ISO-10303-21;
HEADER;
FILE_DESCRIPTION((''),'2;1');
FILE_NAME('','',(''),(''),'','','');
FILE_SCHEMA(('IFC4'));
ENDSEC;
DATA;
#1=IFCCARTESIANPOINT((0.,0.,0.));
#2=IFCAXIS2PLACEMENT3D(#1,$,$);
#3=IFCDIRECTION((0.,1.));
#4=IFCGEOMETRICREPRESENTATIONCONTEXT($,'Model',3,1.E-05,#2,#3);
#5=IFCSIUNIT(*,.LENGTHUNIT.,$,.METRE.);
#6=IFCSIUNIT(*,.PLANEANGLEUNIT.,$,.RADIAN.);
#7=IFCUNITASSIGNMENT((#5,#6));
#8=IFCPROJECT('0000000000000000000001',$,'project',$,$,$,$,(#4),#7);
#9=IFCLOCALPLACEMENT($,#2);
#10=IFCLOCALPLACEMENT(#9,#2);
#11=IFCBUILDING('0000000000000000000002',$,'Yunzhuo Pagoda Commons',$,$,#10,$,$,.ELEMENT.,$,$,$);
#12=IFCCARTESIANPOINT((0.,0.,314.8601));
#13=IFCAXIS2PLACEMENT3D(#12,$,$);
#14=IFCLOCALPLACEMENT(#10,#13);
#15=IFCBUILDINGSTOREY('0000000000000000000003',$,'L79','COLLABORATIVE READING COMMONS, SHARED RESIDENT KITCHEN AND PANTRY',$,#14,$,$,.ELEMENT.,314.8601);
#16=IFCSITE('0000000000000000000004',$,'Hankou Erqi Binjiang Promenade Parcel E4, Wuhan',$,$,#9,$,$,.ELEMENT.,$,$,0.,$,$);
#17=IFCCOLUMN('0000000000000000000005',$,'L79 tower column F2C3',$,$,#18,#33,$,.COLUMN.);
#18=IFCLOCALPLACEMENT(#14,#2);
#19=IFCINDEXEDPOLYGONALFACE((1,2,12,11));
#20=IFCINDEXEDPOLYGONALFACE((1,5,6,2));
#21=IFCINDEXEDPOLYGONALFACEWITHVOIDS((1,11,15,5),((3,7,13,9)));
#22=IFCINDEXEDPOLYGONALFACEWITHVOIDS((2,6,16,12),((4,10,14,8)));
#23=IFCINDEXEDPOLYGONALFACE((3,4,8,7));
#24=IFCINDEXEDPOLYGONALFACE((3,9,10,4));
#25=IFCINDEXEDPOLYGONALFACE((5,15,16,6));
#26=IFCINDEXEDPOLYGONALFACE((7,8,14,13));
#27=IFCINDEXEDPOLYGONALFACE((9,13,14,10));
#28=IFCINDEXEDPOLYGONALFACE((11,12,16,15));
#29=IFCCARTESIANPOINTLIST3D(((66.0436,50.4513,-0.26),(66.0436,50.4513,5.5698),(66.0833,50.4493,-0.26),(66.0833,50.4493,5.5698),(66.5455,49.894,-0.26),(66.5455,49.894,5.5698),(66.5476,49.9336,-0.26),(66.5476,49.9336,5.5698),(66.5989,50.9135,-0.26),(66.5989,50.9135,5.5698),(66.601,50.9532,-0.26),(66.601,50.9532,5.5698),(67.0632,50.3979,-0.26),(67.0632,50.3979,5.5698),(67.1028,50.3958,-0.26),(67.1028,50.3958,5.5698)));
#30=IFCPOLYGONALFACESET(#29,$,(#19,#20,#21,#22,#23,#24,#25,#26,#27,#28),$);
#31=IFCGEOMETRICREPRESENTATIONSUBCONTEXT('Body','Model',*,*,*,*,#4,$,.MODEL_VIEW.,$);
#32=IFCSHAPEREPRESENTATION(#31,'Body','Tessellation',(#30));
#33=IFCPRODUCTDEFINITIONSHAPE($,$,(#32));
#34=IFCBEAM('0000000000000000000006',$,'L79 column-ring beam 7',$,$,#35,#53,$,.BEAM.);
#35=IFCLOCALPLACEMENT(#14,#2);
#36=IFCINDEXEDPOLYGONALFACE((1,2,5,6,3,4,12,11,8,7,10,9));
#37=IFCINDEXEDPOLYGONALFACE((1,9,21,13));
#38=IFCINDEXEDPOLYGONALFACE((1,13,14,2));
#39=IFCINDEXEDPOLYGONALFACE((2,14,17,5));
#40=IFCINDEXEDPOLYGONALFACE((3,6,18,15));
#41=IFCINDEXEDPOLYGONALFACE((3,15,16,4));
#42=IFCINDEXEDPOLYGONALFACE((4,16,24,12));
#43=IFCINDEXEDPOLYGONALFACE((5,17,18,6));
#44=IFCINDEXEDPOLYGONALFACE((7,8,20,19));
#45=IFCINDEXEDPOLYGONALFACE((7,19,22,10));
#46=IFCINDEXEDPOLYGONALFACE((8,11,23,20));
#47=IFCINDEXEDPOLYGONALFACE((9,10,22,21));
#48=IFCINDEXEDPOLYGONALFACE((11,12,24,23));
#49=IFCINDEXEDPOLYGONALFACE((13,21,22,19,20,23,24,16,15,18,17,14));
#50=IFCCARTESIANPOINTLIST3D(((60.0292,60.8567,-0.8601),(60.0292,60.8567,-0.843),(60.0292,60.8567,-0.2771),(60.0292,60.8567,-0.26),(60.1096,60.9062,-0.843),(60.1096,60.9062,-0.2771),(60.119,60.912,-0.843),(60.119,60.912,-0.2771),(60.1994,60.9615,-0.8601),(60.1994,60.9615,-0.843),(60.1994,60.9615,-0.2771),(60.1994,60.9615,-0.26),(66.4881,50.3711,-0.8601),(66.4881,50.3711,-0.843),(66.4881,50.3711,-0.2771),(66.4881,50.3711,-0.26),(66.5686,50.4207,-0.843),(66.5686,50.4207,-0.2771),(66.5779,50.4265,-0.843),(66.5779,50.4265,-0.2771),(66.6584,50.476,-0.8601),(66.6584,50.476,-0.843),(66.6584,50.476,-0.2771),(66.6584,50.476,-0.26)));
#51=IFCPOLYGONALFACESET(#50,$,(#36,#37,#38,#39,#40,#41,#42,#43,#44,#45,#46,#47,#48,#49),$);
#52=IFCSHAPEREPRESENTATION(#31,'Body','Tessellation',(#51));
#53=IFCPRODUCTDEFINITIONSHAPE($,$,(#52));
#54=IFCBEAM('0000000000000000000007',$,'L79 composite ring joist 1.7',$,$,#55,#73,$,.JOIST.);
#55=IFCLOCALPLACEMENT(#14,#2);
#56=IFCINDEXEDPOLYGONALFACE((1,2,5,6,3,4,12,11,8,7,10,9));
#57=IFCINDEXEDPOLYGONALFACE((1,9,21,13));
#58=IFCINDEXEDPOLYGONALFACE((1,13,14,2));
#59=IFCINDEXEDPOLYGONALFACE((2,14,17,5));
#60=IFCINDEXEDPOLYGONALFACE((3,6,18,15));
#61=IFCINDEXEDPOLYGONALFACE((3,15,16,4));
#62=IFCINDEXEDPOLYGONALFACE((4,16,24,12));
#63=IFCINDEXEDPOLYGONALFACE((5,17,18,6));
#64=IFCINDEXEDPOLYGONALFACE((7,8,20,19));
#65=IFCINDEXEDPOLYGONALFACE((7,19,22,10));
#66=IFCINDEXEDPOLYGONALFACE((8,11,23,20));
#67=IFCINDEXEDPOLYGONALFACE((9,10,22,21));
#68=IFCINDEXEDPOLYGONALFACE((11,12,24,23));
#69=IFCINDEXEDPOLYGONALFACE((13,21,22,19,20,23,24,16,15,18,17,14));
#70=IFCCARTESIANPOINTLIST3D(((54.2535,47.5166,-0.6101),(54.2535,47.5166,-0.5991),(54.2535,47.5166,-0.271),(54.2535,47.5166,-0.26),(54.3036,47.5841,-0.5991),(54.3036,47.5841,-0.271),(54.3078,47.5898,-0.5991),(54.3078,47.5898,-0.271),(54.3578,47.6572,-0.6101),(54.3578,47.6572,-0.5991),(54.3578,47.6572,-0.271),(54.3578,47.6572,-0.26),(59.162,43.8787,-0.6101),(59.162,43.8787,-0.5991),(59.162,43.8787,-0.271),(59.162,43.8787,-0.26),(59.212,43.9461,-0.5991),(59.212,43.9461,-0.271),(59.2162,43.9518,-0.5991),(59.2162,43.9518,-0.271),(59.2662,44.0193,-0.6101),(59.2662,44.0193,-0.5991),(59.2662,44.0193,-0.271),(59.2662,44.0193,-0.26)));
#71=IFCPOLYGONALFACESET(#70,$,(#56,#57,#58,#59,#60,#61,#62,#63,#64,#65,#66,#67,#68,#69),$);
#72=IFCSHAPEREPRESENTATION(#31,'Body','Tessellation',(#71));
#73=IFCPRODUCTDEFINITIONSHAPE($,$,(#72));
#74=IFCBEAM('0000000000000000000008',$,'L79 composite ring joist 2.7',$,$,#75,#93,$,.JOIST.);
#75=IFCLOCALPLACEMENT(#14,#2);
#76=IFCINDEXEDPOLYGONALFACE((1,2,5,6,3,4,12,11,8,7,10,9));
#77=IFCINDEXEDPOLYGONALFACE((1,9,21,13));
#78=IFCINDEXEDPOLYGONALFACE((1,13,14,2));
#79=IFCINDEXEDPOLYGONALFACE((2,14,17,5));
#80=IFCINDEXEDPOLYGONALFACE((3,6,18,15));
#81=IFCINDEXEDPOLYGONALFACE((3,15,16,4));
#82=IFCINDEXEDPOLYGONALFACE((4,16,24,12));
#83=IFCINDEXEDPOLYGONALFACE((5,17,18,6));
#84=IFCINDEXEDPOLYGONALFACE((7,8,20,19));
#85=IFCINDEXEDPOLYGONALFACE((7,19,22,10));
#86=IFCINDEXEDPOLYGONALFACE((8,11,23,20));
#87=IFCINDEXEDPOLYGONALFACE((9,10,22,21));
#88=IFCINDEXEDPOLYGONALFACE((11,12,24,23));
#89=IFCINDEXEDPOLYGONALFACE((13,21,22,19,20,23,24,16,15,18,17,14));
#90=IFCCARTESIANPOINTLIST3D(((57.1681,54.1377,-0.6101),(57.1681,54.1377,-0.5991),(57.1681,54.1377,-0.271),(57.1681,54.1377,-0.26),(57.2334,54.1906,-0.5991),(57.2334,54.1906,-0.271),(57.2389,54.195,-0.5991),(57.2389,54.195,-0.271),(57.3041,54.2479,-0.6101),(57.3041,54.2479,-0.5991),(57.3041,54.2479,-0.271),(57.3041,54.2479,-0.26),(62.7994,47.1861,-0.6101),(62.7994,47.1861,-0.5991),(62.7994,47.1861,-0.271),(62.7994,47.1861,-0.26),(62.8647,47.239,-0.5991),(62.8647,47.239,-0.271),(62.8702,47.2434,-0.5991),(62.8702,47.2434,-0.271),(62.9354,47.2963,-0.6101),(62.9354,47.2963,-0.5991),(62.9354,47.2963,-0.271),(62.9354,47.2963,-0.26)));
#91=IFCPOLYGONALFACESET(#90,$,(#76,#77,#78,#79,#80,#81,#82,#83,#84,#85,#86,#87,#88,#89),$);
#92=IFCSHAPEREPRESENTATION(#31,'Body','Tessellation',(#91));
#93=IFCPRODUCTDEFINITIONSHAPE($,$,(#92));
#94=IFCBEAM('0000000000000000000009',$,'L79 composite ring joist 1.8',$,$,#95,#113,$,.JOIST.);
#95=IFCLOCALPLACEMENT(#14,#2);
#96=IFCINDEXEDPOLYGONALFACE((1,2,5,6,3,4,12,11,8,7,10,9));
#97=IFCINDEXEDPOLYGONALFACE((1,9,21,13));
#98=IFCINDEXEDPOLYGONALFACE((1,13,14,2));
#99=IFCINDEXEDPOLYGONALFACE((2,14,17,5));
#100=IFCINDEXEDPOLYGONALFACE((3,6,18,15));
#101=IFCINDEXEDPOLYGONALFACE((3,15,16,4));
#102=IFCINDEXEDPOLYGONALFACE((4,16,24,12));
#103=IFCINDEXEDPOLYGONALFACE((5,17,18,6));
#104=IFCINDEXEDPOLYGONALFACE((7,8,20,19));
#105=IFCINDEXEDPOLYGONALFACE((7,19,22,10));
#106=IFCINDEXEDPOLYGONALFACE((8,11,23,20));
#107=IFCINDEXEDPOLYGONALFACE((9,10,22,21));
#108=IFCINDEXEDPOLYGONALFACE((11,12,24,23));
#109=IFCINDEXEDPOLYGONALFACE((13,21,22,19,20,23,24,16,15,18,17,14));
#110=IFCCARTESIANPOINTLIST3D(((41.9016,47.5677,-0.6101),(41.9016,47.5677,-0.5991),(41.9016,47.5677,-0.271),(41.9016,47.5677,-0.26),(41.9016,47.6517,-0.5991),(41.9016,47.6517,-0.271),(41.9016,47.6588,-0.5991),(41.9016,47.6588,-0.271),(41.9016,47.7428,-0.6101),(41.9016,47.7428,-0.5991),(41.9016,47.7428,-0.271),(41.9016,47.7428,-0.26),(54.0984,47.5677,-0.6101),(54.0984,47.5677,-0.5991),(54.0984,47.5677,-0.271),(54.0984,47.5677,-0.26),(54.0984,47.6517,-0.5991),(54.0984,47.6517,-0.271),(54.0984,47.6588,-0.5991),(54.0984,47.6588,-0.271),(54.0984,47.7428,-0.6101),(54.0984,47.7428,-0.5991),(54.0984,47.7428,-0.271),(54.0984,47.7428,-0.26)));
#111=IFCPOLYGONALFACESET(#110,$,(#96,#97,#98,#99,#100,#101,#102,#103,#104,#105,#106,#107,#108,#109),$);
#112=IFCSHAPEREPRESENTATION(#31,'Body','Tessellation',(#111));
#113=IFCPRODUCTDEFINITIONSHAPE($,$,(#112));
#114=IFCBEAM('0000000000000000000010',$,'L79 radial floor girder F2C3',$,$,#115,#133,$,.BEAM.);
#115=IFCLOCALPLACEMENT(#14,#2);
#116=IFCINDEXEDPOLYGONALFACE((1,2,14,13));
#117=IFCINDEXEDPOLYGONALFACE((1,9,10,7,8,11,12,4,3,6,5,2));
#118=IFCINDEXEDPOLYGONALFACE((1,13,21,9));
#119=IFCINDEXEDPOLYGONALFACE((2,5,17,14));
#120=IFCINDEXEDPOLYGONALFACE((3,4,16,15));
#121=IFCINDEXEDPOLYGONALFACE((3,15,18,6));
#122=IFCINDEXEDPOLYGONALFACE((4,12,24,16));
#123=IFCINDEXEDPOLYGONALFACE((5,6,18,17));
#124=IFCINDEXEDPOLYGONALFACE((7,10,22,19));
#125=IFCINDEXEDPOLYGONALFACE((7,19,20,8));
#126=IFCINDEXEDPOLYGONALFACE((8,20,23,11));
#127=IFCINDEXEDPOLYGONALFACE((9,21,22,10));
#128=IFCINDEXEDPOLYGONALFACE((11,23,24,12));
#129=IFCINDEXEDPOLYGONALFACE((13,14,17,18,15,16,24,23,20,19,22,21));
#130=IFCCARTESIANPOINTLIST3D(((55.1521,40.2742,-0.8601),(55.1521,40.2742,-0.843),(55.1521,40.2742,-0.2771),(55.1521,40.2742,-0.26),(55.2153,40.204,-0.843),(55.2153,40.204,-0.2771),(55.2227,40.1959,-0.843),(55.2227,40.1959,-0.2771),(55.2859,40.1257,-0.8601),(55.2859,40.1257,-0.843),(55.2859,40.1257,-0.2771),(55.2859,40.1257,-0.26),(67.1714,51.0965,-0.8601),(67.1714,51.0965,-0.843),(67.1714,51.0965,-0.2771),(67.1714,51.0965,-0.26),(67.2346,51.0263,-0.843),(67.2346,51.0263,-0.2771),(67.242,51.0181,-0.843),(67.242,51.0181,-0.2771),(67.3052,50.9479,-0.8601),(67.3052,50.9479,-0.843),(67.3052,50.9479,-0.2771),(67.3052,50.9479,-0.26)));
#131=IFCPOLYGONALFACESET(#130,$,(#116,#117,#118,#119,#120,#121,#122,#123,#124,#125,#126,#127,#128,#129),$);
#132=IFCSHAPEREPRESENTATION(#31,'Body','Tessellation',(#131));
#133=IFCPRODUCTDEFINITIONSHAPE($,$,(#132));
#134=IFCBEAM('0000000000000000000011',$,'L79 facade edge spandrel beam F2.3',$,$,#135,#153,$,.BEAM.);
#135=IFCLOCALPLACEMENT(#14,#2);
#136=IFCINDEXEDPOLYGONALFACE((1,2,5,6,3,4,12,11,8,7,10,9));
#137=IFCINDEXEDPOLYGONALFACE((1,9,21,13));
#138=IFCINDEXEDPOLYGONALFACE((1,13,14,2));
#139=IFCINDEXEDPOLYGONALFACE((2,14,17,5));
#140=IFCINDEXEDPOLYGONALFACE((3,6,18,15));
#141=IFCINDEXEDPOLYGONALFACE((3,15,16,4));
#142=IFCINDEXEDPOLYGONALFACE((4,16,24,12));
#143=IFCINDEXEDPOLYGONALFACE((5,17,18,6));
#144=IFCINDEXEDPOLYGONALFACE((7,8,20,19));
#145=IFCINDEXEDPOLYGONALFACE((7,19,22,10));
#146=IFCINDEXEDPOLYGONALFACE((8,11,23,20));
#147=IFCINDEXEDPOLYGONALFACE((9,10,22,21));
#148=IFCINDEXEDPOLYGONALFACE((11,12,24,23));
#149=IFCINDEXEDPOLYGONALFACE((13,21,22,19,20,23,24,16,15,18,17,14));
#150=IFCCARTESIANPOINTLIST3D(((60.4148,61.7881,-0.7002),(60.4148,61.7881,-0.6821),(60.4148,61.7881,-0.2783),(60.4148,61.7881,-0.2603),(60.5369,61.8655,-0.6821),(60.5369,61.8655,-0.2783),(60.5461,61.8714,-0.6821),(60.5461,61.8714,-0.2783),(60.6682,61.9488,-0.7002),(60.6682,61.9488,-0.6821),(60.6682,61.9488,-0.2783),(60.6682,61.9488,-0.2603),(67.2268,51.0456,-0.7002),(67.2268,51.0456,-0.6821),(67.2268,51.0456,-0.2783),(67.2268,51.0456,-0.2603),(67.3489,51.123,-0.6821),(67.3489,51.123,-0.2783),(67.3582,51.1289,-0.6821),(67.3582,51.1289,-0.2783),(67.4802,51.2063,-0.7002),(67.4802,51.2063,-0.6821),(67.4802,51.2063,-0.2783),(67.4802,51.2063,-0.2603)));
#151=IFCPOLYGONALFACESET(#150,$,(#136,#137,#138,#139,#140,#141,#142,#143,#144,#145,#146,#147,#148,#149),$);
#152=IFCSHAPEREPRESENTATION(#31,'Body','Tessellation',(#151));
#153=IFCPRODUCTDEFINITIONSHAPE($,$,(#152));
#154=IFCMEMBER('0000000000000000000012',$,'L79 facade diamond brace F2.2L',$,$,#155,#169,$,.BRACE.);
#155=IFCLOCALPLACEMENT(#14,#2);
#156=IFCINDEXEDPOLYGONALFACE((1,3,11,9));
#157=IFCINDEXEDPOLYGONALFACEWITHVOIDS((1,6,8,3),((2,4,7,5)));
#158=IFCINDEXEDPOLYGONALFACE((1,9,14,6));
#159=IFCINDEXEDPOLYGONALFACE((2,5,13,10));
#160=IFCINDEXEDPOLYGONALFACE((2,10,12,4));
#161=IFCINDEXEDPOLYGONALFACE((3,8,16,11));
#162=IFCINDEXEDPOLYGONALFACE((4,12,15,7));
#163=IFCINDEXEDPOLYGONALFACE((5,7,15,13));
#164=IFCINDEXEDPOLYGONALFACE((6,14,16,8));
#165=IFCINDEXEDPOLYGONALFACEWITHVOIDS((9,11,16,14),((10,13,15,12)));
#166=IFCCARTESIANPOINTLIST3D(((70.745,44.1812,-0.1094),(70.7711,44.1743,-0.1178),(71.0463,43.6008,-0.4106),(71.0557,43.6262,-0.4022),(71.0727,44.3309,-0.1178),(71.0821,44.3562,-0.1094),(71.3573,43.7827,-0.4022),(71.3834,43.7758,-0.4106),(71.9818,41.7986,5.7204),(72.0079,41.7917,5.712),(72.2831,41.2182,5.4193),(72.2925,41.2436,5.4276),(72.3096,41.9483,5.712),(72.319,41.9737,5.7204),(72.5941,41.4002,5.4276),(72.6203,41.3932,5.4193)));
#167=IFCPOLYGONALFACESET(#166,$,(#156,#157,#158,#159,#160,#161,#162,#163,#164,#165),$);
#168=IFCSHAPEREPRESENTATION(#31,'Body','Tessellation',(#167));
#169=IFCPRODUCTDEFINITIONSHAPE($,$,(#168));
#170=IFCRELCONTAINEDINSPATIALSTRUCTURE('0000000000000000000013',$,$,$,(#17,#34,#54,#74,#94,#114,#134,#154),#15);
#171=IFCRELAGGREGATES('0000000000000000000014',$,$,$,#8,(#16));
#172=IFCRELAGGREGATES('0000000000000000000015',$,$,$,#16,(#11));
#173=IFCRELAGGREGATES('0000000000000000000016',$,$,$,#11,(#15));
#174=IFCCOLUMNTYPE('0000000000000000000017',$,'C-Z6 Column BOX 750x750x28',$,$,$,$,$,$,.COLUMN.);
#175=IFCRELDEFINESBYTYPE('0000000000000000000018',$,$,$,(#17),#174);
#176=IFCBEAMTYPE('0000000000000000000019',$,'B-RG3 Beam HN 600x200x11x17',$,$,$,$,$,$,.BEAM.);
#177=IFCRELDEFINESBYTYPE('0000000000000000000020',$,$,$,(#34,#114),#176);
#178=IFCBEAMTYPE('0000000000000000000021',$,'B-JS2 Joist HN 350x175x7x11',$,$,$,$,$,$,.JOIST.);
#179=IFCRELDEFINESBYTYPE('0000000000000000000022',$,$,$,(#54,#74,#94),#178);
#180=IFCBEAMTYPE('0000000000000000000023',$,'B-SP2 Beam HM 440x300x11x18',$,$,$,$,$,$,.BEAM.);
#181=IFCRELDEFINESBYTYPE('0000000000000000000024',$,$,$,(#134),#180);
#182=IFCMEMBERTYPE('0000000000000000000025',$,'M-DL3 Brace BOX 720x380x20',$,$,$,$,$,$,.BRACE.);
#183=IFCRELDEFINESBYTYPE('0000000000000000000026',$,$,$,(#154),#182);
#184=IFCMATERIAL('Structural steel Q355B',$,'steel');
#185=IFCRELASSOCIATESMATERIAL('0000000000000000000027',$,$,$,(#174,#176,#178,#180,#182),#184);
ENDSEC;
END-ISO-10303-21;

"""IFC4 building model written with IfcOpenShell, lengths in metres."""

from ifc_helpers import new_model, si_unit, direction, frame, origin, origin_2d, place, context, subcontext, project, spatial, hollow_rectangle, i_section, extrude, source, transform, mapped, material, material_profile, profile_set, type_object, element, save


model = new_model("IFC4")

# Units and contexts
model_context = context("Model", 3, precision=1e-05, world=origin(), true_north=direction((0.0, 1.0)))
body_context = subcontext(model_context, "Body", "Model", "MODEL_VIEW")
ifc_project = project(units=[si_unit("LENGTHUNIT", "METRE"), si_unit("PLANEANGLEUNIT", "RADIAN")], contexts=[model_context])

# Site, building, storey
site_placement = place(None, origin())
site = spatial("IfcSite", under=ifc_project, at=site_placement, Name="Hankou Erqi Binjiang Promenade Parcel E4, Wuhan", CompositionType="ELEMENT", RefElevation=0.0)
building_placement = place(site_placement, origin())
building = spatial("IfcBuilding", under=site, at=building_placement, Name="Yunzhuo Pagoda Commons", CompositionType="ELEMENT")
storey_placement = place(building_placement, frame((0.0, 0.0, 314.8601)))
storey = spatial("IfcBuildingStorey", under=building, at=storey_placement, Name="L79", Description="COLLABORATIVE READING COMMONS, SHARED RESIDENT KITCHEN AND PANTRY", CompositionType="ELEMENT", Elevation=314.8601)

# Column
ifc_material_1 = material(Name="Structural steel Q355B", Category="steel")
ifc_material_profile_1 = material_profile(ifc_material_1, hollow_rectangle(XDim=0.75, YDim=0.75, WallThickness=0.0281, at=origin_2d()), Name="Structural steel Q355B")
ifc_profile_set_1 = profile_set([ifc_material_profile_1], Name="Structural steel Q355B")
column_type = type_object("IfcColumnType", Name="C-Z6 Column BOX 750x750x28", PredefinedType="COLUMN", material=ifc_profile_set_1)
shared_shape_1 = source(origin(), body_context, "Body", "SweptSolid", [
    extrude(hollow_rectangle(XDim=0.75, YDim=0.75, WallThickness=0.0281, at=origin_2d()), origin(), (0.0, 0.0, 1.0), 5.8298),
])
column_placement = place(storey_placement, frame((66.5732, 50.4236, -0.26), z_axis=(0.0, 0.0, 1.0), x_axis=(-0.669131, 0.743145, 0.0)))
element("IfcColumn", 1, at=column_placement, inside=storey, type_object=column_type, Name="L79 tower column F2C3", PredefinedType="COLUMN", context=body_context, shape_type="MappedRepresentation", body=[
    mapped(shared_shape_1, transform((0.0, 0.0, 0.0), scale=1.0)),
])

# Beams
ifc_material_profile_2 = material_profile(ifc_material_1, i_section(OverallWidth=0.2, OverallDepth=0.6001, WebThickness=0.011, FlangeThickness=0.0171, at=origin_2d()), Name="Structural steel Q355B")
ifc_profile_set_2 = profile_set([ifc_material_profile_2], Name="Structural steel Q355B")
beam_type_1 = type_object("IfcBeamType", Name="B-RG3 Beam HN 600x200x11x17", PredefinedType="BEAM", material=ifc_profile_set_2)
shared_shape_2 = source(origin(), body_context, "Body", "SweptSolid", [
    extrude(i_section(OverallWidth=0.2, OverallDepth=0.6001, WebThickness=0.011, FlangeThickness=0.0171, at=origin_2d()), origin(), (0.0, 0.0, 1.0), 12.3152),
])
beam_1_placement = place(storey_placement, frame((66.5732, 50.4236, -0.5601), z_axis=(-0.524469, 0.85143, 0.0), x_axis=(-0.85143, -0.524469, 0.0)))
element("IfcBeam", 2, at=beam_1_placement, inside=storey, type_object=beam_type_1, Name="L79 column-ring beam 7", PredefinedType="BEAM", context=body_context, shape_type="MappedRepresentation", body=[
    mapped(shared_shape_2, transform((0.0, 0.0, 0.0), scale=1.0)),
])
ifc_material_profile_3 = material_profile(ifc_material_1, i_section(OverallWidth=0.175, OverallDepth=0.3501, WebThickness=0.0071, FlangeThickness=0.011, at=origin_2d()), Name="Structural steel Q355B")
ifc_profile_set_3 = profile_set([ifc_material_profile_3], Name="Structural steel Q355B")
beam_type_2 = type_object("IfcBeamType", Name="B-JS2 Joist HN 350x175x7x11", PredefinedType="JOIST", material=ifc_profile_set_3)
shared_shape_3 = source(origin(), body_context, "Body", "SweptSolid", [
    extrude(i_section(OverallWidth=0.175, OverallDepth=0.3501, WebThickness=0.0071, FlangeThickness=0.011, at=origin_2d()), origin(), (0.0, 0.0, 1.0), 6.1096),
])
beam_2_placement = place(storey_placement, frame((59.2141, 43.949, -0.4351), z_axis=(-0.803396, 0.595444, 0.0), x_axis=(-0.595444, -0.803396, 0.0)))
element("IfcBeam", 3, at=beam_2_placement, inside=storey, type_object=beam_type_2, Name="L79 composite ring joist 1.7", PredefinedType="JOIST", context=body_context, shape_type="MappedRepresentation", body=[
    mapped(shared_shape_3, transform((0.0, 0.0, 0.0), scale=1.0)),
])
shared_shape_4 = source(origin(), body_context, "Body", "SweptSolid", [
    extrude(i_section(OverallWidth=0.175, OverallDepth=0.3501, WebThickness=0.0071, FlangeThickness=0.011, at=origin_2d()), origin(), (0.0, 0.0, 1.0), 8.9463),
])
beam_3_placement = place(storey_placement, frame((62.8674, 47.2412, -0.4351), z_axis=(-0.629456, 0.777036, 0.0), x_axis=(-0.777036, -0.629456, 0.0)))
element("IfcBeam", 4, at=beam_3_placement, inside=storey, type_object=beam_type_2, Name="L79 composite ring joist 2.7", PredefinedType="JOIST", context=body_context, shape_type="MappedRepresentation", body=[
    mapped(shared_shape_4, transform((0.0, 0.0, 0.0), scale=1.0)),
])
shared_shape_5 = source(origin(), body_context, "Body", "SweptSolid", [
    extrude(i_section(OverallWidth=0.175, OverallDepth=0.3501, WebThickness=0.0071, FlangeThickness=0.011, at=origin_2d()), origin(), (0.0, 0.0, 1.0), 12.1968),
])
beam_4_placement = place(storey_placement, frame((54.0984, 47.6553, -0.4351), z_axis=(-1.0, 0.0, 0.0), x_axis=(0.0, -1.0, 0.0)))
element("IfcBeam", 5, at=beam_4_placement, inside=storey, type_object=beam_type_2, Name="L79 composite ring joist 1.8", PredefinedType="JOIST", context=body_context, shape_type="MappedRepresentation", body=[
    mapped(shared_shape_5, transform((0.0, 0.0, 0.0), scale=1.0)),
])
shared_shape_6 = source(origin(), body_context, "Body", "SweptSolid", [
    extrude(i_section(OverallWidth=0.2, OverallDepth=0.6001, WebThickness=0.011, FlangeThickness=0.0171, at=origin_2d()), origin(), (0.0, 0.0, 1.0), 16.1736),
])
beam_5_placement = place(storey_placement, frame((67.2383, 51.0222, -0.5601), z_axis=(-0.743143, -0.669132, 0.0), x_axis=(0.669132, -0.743143, 0.0)))
element("IfcBeam", 6, at=beam_5_placement, inside=storey, type_object=beam_type_1, Name="L79 radial floor girder F2C3", PredefinedType="BEAM", context=body_context, shape_type="MappedRepresentation", body=[
    mapped(shared_shape_6, transform((0.0, 0.0, 0.0), scale=1.0)),
])
ifc_material_profile_4 = material_profile(ifc_material_1, i_section(OverallWidth=0.3, OverallDepth=0.4399, WebThickness=0.011, FlangeThickness=0.0181, at=origin_2d()), Name="Structural steel Q355B")
ifc_profile_set_4 = profile_set([ifc_material_profile_4], Name="Structural steel Q355B")
beam_type_3 = type_object("IfcBeamType", Name="B-SP2 Beam HM 440x300x11x18", PredefinedType="BEAM", material=ifc_profile_set_4)
shared_shape_7 = source(origin(), body_context, "Body", "SweptSolid", [
    extrude(i_section(OverallWidth=0.3, OverallDepth=0.4399, WebThickness=0.011, FlangeThickness=0.0181, at=origin_2d()), origin(), (0.0, 0.0, 1.0), 12.7202),
])
beam_6_placement = place(storey_placement, frame((67.3535, 51.126, -0.4802), z_axis=(-0.535527, 0.844518, 0.0), x_axis=(-0.844518, -0.535527, 0.0)))
element("IfcBeam", 7, at=beam_6_placement, inside=storey, type_object=beam_type_3, Name="L79 facade edge spandrel beam F2.3", PredefinedType="BEAM", context=body_context, shape_type="MappedRepresentation", body=[
    mapped(shared_shape_7, transform((0.0, 0.0, 0.0), scale=1.0)),
])

# Member
ifc_material_profile_5 = material_profile(ifc_material_1, hollow_rectangle(XDim=0.3799, YDim=0.72, WallThickness=0.02, at=origin_2d()), Name="Structural steel Q355B")
ifc_profile_set_5 = profile_set([ifc_material_profile_5], Name="Structural steel Q355B")
member_type_1 = type_object("IfcMemberType", Name="M-DL3 Brace BOX 720x380x20", PredefinedType="BRACE", material=ifc_profile_set_5)
shared_shape_8 = source(origin(), body_context, "Body", "SweptSolid", [
    extrude(hollow_rectangle(XDim=0.3799, YDim=0.72, WallThickness=0.02, at=origin_2d()), origin(), (0.0, 0.0, 1.0), 6.4182),
])
for number, where, z_axis, x_axis, name in (
    (8, (71.0642, 43.9785, -0.26), (0.192705, -0.371221, 0.908328), (0.88754, 0.460731, 0.0), "L79 facade diamond brace F2.2L"),
):
    element("IfcMember", number, at=place(storey_placement, frame(where, z_axis=z_axis, x_axis=x_axis)), inside=storey, type_object=member_type_1, Name=name, PredefinedType="BRACE", context=body_context, shape_type="MappedRepresentation", body=[
        mapped(shared_shape_8, transform((0.0, 0.0, 0.0), scale=1.0)),
    ])

save(model, "model.ifc")
